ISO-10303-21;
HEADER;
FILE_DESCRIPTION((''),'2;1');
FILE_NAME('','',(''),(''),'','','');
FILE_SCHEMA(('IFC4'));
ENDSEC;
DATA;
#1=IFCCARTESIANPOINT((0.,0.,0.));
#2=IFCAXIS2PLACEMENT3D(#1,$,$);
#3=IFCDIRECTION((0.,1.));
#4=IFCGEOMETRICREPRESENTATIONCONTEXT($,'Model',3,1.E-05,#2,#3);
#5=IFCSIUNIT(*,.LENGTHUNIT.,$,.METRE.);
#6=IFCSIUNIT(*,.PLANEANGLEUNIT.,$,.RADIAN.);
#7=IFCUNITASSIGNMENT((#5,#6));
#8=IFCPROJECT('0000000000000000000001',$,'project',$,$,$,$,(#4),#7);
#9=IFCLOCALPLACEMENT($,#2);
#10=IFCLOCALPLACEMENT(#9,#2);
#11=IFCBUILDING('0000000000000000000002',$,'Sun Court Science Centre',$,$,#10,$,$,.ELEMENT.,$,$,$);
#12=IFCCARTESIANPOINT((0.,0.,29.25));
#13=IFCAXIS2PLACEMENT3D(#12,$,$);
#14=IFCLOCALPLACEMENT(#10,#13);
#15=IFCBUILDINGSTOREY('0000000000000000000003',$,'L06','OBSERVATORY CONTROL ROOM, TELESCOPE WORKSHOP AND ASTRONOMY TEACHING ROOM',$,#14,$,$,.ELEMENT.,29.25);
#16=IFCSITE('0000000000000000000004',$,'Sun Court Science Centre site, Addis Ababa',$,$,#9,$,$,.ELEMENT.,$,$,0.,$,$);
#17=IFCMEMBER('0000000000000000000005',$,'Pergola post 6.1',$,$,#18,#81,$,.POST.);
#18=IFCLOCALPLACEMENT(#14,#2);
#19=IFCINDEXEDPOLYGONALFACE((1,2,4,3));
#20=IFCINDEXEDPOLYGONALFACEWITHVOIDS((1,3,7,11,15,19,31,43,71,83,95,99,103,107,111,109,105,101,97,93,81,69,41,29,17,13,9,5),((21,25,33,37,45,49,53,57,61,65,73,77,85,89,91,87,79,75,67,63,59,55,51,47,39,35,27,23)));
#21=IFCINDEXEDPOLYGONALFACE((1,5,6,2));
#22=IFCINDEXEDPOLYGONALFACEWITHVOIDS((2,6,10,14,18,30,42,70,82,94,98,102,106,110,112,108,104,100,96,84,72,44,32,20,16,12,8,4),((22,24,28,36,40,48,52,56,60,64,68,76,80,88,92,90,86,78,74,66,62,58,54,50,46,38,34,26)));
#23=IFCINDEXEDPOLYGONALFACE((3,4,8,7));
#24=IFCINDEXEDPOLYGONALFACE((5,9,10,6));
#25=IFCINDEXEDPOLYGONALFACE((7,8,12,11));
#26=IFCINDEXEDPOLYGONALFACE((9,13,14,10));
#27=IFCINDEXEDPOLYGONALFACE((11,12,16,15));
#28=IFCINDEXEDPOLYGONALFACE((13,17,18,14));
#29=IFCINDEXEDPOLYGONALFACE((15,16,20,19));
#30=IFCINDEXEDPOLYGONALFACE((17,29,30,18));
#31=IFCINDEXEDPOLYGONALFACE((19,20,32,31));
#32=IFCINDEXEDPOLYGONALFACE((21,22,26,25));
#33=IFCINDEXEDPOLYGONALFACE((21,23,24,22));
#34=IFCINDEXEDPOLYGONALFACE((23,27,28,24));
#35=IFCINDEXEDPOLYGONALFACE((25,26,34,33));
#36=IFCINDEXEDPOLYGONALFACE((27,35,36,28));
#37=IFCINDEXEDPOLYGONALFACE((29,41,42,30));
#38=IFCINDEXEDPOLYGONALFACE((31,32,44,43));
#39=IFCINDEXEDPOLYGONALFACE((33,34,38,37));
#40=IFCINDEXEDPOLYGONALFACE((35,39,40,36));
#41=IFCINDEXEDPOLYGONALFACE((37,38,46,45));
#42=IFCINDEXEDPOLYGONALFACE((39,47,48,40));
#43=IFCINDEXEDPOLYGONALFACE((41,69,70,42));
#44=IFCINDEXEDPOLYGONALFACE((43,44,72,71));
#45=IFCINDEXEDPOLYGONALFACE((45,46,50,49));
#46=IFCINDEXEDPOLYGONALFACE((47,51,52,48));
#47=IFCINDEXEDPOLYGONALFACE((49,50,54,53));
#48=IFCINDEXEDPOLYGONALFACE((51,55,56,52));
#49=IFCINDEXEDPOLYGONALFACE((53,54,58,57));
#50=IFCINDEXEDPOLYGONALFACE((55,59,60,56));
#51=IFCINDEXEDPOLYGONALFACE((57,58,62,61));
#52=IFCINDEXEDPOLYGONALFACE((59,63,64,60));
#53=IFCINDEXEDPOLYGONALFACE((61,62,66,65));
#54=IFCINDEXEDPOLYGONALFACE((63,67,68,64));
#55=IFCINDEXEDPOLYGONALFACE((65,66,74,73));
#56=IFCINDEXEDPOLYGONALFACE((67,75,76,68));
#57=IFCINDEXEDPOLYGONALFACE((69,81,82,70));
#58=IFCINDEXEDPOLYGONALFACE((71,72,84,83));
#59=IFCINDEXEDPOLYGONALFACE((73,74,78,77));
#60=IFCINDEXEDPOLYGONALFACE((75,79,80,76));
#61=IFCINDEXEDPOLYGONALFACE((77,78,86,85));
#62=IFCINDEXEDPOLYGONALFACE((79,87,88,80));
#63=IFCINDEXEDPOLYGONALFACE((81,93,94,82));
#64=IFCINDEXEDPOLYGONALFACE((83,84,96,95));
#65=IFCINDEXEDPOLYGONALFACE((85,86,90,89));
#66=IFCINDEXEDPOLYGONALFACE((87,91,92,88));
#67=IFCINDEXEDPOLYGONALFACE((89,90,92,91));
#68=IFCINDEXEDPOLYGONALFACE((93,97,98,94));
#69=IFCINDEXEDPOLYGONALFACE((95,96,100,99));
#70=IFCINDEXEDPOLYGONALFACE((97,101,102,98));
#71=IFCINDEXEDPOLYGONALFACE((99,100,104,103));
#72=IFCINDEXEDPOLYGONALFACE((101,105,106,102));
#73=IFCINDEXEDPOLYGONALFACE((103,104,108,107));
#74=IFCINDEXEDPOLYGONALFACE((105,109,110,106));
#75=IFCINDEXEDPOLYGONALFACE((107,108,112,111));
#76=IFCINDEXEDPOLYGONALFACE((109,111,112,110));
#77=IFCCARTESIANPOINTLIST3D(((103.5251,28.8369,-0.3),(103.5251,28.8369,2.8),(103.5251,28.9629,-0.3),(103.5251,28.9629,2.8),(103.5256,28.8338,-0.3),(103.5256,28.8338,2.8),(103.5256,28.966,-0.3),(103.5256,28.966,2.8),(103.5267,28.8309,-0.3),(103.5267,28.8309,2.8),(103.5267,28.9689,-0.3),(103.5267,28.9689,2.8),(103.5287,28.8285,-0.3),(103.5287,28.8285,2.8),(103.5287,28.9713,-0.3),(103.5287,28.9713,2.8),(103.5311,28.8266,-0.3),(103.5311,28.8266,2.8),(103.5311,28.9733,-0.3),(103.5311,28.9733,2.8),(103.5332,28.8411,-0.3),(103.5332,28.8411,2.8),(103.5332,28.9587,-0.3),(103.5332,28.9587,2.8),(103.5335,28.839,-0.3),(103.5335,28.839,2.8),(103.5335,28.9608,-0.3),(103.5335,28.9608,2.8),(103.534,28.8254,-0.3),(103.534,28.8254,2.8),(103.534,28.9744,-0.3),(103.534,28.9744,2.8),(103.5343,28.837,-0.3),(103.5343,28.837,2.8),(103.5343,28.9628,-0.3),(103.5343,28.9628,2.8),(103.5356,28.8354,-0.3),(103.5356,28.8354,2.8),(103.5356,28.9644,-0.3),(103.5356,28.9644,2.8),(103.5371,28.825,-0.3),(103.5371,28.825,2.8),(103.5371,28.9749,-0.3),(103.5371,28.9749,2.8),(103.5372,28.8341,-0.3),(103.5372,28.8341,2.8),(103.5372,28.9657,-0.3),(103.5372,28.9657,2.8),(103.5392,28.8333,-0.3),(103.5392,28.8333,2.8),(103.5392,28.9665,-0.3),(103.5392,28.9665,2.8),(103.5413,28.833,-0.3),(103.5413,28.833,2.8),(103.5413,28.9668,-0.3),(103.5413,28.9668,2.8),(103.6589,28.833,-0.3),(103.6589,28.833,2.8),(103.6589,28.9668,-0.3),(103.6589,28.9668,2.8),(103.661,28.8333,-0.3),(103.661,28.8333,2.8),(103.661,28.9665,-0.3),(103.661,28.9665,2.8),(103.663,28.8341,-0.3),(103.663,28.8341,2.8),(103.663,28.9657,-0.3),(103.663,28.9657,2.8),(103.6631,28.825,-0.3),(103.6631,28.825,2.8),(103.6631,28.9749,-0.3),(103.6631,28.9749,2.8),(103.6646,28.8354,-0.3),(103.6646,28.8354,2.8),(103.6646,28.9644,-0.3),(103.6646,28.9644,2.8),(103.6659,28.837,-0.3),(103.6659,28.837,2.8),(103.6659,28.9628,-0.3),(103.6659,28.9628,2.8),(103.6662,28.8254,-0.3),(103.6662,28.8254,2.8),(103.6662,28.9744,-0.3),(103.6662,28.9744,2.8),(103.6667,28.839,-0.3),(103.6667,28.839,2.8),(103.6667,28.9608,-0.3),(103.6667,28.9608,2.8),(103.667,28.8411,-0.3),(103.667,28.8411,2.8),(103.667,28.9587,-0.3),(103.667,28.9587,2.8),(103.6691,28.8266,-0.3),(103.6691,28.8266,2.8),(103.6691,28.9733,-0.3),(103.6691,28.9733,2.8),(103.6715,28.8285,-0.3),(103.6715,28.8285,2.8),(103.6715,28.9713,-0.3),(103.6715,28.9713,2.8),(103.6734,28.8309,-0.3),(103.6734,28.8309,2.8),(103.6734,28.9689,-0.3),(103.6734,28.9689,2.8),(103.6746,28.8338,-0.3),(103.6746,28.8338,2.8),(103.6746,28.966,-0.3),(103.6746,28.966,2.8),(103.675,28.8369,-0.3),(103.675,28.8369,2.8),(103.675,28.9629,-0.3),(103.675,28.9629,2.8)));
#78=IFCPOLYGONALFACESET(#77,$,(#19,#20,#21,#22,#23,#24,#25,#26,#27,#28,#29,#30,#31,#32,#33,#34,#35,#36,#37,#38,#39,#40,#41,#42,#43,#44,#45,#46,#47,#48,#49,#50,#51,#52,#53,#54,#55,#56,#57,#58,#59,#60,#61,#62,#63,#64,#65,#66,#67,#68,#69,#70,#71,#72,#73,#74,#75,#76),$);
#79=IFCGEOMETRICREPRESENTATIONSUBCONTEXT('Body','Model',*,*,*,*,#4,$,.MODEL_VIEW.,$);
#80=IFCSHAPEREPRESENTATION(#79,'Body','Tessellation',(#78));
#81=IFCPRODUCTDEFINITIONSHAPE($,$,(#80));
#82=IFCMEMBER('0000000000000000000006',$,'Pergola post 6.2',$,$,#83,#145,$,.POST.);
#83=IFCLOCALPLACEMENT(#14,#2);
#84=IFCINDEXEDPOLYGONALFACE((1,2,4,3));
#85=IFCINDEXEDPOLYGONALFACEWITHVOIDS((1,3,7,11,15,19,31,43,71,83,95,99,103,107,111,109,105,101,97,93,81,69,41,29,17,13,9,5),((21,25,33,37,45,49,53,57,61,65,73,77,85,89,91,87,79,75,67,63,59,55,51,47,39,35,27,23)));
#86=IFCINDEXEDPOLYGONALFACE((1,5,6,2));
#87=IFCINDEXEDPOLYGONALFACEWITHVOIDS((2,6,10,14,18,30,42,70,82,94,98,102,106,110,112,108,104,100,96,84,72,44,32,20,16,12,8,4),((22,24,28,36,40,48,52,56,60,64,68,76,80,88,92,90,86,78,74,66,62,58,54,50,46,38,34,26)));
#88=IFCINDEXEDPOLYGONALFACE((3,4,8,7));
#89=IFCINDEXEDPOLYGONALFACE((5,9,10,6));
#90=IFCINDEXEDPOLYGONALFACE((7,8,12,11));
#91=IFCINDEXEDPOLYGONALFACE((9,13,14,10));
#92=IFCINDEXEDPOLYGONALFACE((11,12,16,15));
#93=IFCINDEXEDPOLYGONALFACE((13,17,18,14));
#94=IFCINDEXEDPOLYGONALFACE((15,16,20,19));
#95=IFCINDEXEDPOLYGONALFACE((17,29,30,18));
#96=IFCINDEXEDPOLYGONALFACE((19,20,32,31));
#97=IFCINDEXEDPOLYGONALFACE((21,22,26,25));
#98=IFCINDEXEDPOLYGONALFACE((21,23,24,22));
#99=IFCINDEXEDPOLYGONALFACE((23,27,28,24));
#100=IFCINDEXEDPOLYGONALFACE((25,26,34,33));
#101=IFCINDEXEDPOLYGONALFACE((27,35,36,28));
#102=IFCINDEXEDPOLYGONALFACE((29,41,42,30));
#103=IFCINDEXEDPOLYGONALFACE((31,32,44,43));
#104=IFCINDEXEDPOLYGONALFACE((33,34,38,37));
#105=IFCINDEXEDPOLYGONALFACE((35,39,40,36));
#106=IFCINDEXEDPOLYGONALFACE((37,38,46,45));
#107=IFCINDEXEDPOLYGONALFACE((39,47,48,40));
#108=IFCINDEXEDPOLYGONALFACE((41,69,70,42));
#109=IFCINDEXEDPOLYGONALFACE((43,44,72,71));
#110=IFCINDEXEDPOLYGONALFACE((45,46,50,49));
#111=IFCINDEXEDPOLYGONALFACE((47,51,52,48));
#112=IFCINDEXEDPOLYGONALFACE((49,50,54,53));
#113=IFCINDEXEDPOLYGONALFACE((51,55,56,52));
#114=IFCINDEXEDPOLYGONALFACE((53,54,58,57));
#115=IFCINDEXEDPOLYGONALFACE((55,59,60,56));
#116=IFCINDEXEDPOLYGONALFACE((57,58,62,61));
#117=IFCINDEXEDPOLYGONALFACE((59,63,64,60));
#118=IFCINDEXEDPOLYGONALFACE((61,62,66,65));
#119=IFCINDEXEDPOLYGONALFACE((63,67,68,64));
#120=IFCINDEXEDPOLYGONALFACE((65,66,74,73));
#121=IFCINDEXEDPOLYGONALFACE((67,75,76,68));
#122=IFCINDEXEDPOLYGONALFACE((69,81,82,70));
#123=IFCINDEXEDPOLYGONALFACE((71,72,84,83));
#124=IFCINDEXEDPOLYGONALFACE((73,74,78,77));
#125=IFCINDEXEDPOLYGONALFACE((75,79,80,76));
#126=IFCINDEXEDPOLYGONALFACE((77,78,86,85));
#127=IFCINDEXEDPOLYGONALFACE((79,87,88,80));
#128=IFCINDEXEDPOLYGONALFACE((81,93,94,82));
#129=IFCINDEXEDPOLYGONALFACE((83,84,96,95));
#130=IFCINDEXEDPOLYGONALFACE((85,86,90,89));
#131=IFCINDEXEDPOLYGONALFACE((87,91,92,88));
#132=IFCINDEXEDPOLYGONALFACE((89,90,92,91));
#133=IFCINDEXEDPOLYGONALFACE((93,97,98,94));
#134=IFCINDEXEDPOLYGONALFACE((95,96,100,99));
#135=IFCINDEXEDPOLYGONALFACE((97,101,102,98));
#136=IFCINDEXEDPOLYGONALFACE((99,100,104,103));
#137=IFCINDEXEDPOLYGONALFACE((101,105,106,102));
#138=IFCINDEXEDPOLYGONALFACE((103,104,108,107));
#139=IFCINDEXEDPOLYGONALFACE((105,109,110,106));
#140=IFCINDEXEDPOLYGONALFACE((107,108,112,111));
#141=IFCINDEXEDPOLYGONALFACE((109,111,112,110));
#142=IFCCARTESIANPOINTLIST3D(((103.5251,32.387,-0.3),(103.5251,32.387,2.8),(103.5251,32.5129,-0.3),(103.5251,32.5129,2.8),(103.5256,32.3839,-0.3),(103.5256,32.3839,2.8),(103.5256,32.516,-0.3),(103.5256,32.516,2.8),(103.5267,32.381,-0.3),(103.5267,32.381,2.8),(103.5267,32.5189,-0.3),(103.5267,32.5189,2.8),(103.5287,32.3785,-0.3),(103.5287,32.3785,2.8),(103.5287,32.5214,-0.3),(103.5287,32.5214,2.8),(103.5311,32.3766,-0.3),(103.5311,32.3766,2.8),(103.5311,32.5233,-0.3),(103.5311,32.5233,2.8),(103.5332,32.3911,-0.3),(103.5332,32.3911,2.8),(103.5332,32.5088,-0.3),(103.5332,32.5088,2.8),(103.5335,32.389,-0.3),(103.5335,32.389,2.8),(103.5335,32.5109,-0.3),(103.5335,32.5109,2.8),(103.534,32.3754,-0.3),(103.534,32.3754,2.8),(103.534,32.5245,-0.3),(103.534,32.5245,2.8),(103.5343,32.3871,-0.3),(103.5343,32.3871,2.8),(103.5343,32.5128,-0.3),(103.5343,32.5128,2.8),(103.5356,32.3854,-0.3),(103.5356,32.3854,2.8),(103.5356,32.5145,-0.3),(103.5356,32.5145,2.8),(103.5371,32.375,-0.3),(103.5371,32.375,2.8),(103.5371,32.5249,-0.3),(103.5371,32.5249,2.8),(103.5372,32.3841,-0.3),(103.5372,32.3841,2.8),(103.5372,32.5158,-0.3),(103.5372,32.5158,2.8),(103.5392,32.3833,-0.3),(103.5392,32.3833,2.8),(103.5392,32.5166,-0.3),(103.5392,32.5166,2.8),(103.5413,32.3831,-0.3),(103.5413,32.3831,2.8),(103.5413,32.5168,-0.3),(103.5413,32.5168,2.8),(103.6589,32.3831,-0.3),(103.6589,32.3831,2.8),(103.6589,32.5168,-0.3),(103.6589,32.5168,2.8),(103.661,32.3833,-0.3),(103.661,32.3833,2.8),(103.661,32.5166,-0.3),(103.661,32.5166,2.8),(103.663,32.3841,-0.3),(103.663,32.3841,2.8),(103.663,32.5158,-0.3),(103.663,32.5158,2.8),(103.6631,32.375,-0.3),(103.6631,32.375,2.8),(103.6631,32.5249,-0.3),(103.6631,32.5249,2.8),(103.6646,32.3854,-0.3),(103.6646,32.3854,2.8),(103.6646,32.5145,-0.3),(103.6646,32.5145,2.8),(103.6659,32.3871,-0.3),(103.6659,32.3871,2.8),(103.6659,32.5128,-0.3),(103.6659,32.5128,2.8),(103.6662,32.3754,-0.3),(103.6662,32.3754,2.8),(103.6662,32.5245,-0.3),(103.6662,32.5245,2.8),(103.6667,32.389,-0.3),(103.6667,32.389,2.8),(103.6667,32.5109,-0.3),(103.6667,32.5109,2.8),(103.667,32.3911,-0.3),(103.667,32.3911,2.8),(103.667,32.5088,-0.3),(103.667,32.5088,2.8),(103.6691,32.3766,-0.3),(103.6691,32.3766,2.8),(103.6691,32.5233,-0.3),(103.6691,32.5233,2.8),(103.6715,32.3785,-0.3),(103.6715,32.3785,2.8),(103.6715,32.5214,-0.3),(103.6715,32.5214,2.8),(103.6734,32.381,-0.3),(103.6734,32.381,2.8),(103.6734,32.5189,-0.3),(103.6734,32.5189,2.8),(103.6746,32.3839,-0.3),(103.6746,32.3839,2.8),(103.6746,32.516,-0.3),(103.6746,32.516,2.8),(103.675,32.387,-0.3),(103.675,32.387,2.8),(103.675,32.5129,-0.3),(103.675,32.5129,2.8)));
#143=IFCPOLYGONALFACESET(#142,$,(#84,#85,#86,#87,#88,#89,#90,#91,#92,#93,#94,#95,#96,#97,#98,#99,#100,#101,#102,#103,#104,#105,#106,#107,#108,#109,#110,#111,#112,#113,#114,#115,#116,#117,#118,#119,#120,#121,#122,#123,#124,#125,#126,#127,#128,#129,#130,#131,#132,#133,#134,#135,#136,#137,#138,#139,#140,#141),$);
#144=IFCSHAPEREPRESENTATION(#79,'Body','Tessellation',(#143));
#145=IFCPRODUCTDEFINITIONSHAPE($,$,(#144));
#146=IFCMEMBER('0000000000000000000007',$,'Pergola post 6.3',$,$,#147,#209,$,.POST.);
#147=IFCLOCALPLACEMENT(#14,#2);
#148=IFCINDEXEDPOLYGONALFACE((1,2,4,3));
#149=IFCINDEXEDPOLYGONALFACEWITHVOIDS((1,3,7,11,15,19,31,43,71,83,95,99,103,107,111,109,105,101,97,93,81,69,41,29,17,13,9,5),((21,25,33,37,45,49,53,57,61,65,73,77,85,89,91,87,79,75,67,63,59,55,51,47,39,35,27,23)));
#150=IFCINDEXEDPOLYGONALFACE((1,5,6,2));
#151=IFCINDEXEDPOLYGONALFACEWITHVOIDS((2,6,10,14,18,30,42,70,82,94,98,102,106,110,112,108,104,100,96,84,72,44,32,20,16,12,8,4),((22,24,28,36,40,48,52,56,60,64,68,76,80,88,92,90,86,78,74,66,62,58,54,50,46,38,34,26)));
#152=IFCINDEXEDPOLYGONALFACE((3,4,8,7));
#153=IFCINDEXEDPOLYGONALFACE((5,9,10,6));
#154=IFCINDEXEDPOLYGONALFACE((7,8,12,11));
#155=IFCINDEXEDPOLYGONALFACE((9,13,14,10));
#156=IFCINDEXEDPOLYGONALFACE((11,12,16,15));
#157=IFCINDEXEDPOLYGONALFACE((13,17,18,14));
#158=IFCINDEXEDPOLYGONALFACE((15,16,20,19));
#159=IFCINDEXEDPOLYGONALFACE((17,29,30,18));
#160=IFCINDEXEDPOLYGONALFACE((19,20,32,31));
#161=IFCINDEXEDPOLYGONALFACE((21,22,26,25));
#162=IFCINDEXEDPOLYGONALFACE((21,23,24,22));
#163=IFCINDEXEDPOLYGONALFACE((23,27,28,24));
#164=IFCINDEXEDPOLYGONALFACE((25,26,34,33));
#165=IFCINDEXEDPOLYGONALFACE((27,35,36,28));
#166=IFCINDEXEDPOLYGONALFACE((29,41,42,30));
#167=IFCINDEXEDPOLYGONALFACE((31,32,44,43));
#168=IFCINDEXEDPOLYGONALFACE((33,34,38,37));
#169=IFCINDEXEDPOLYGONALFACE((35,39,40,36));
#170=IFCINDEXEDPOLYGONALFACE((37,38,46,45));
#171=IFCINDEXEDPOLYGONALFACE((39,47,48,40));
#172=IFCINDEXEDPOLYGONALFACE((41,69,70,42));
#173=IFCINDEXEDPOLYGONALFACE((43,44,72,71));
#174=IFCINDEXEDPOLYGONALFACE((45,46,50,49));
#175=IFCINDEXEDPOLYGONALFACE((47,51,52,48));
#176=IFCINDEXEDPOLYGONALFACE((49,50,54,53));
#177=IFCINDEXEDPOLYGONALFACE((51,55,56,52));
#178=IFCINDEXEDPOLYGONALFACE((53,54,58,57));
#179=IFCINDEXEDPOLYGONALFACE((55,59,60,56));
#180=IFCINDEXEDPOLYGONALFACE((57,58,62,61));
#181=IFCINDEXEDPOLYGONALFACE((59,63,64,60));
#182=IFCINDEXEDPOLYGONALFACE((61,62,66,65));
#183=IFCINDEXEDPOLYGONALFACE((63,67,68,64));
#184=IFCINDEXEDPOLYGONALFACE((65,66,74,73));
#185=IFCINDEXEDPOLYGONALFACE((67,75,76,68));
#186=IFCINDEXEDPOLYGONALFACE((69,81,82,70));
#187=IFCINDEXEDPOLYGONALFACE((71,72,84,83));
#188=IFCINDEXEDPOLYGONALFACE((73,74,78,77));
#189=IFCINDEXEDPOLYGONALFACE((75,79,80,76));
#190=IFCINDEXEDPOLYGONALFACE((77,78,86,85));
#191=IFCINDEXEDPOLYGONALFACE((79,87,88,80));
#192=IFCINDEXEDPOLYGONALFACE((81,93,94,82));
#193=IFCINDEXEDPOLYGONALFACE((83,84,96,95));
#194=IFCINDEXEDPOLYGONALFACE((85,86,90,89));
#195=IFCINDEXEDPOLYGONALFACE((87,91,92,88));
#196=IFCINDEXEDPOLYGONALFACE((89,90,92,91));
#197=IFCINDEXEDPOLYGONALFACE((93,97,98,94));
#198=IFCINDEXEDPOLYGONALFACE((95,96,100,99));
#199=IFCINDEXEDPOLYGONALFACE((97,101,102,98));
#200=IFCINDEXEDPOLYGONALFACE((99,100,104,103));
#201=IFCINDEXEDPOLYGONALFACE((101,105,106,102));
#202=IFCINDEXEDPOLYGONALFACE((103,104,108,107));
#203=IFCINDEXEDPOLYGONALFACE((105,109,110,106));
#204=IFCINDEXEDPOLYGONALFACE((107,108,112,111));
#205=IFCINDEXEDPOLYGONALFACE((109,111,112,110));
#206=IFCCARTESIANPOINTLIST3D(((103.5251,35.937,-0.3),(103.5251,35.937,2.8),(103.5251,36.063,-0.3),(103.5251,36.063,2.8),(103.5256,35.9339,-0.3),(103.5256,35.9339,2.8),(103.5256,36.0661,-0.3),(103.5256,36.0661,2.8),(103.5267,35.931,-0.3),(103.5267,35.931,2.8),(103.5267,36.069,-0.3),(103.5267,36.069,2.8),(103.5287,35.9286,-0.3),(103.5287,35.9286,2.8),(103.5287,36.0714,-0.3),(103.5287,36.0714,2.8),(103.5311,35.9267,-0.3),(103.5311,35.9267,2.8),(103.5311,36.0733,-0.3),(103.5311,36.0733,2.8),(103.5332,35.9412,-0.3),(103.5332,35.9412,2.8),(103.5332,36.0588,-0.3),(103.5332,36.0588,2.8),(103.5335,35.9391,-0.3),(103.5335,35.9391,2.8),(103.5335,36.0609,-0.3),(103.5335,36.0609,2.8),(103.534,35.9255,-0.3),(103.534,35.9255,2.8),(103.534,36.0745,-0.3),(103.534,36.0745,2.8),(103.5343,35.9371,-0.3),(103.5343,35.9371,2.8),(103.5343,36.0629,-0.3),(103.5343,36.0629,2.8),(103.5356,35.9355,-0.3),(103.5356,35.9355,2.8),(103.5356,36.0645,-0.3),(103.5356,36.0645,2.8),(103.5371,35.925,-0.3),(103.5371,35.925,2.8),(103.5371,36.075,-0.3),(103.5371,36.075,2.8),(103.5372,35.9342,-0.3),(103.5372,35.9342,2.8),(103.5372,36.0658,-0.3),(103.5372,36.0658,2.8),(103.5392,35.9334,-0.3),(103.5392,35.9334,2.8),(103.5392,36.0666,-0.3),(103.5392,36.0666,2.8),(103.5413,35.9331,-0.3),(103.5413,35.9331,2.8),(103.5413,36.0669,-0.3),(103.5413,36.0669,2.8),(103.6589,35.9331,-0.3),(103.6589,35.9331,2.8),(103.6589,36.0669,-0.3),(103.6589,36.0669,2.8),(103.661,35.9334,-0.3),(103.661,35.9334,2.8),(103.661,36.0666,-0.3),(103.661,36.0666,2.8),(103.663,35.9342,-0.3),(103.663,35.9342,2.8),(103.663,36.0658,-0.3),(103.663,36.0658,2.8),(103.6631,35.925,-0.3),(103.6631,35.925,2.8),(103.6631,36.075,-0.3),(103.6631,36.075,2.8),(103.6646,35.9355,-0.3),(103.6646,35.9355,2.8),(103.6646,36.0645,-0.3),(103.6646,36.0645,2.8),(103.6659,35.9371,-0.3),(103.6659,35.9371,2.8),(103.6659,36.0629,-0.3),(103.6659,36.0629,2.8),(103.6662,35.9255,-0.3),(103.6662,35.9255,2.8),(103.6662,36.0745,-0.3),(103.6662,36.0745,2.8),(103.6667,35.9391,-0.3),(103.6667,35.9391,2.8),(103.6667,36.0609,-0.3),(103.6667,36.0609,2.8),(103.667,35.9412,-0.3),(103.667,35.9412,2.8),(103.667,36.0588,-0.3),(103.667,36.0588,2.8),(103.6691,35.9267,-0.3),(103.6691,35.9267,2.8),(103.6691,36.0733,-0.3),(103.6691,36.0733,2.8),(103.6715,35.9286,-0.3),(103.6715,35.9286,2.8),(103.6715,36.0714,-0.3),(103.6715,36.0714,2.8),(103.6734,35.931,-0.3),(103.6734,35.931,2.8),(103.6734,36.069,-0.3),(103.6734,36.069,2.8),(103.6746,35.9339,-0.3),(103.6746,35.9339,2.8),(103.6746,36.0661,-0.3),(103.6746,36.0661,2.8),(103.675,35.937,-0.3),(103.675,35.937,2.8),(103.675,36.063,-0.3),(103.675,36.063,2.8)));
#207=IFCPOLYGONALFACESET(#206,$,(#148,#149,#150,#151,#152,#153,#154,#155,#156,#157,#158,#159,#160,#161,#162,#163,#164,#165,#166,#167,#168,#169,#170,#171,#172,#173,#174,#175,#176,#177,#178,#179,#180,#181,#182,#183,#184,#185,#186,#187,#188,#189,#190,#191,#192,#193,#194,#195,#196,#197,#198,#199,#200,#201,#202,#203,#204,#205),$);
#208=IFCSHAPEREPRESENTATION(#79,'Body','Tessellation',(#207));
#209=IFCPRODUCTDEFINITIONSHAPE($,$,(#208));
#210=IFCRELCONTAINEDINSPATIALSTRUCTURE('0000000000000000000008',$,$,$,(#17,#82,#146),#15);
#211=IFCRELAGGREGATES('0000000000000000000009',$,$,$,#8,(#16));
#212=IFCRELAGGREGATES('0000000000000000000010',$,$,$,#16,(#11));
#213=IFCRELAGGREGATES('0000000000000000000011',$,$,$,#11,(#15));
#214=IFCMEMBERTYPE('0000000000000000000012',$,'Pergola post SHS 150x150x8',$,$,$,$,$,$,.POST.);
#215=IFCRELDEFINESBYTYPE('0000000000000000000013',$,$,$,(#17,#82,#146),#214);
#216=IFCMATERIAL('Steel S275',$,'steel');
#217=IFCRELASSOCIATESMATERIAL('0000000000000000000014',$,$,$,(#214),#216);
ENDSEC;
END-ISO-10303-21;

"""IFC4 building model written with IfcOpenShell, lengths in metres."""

from ifc_helpers import new_model, si_unit, direction, frame, origin, origin_2d, place, context, subcontext, project, spatial, hollow_rectangle, extrude, material, material_profile, profile_set, type_object, element, save


model = new_model("IFC4")

# Units and contexts
model_context = context("Model", 3, precision=1e-05, world=origin(), true_north=direction((0.0, 1.0)))
body_context = subcontext(model_context, "Body", "Model", "MODEL_VIEW")
ifc_project = project(units=[si_unit("LENGTHUNIT", "METRE"), si_unit("PLANEANGLEUNIT", "RADIAN")], contexts=[model_context])

# Site, building, storey
site_placement = place(None, origin())
site = spatial("IfcSite", under=ifc_project, at=site_placement, Name="Sun Court Science Centre site, Addis Ababa", CompositionType="ELEMENT", RefElevation=0.0)
building_placement = place(site_placement, origin())
building = spatial("IfcBuilding", under=site, at=building_placement, Name="Sun Court Science Centre", CompositionType="ELEMENT")
storey_placement = place(building_placement, frame((0.0, 0.0, 29.25)))
storey = spatial("IfcBuildingStorey", under=building, at=storey_placement, Name="L06", Description="OBSERVATORY CONTROL ROOM, TELESCOPE WORKSHOP AND ASTRONOMY TEACHING ROOM", CompositionType="ELEMENT", Elevation=29.25)

# Members
ifc_material_1 = material(Name="Steel S275", Category="steel")
ifc_material_profile_1 = material_profile(ifc_material_1, hollow_rectangle(XDim=0.1499, YDim=0.1499, WallThickness=0.0081, InnerFilletRadius=0.0081, OuterFilletRadius=0.012, at=origin_2d()), Name="SHS 150x150x8")
ifc_profile_set_1 = profile_set([ifc_material_profile_1], Name="Steel S275")
member_type_1 = type_object("IfcMemberType", Name="Pergola post SHS 150x150x8", PredefinedType="POST", material=ifc_profile_set_1)
for number, where, z_axis, x_axis, name in (
    (1, (103.6001, 28.8999, -0.3), (0.0, 0.0, 1.0), (1.0, 0.0, 0.0), "Pergola post 6.1"),
    (2, (103.6001, 32.45, -0.3), (0.0, 0.0, 1.0), (1.0, 0.0, 0.0), "Pergola post 6.2"),
    (3, (103.6001, 36.0, -0.3), (0.0, 0.0, 1.0), (1.0, 0.0, 0.0), "Pergola post 6.3"),
):
    element("IfcMember", number, at=place(storey_placement, frame(where, z_axis=z_axis, x_axis=x_axis)), inside=storey, type_object=member_type_1, Name=name, PredefinedType="POST", context=body_context, shape_type="SweptSolid", body=[
        extrude(hollow_rectangle(XDim=0.1499, YDim=0.1499, WallThickness=0.0081, InnerFilletRadius=0.0081, OuterFilletRadius=0.012, at=origin_2d()), origin(), (0.0, 0.0, 1.0), 3.1001),
    ])

save(model, "model.ifc")
